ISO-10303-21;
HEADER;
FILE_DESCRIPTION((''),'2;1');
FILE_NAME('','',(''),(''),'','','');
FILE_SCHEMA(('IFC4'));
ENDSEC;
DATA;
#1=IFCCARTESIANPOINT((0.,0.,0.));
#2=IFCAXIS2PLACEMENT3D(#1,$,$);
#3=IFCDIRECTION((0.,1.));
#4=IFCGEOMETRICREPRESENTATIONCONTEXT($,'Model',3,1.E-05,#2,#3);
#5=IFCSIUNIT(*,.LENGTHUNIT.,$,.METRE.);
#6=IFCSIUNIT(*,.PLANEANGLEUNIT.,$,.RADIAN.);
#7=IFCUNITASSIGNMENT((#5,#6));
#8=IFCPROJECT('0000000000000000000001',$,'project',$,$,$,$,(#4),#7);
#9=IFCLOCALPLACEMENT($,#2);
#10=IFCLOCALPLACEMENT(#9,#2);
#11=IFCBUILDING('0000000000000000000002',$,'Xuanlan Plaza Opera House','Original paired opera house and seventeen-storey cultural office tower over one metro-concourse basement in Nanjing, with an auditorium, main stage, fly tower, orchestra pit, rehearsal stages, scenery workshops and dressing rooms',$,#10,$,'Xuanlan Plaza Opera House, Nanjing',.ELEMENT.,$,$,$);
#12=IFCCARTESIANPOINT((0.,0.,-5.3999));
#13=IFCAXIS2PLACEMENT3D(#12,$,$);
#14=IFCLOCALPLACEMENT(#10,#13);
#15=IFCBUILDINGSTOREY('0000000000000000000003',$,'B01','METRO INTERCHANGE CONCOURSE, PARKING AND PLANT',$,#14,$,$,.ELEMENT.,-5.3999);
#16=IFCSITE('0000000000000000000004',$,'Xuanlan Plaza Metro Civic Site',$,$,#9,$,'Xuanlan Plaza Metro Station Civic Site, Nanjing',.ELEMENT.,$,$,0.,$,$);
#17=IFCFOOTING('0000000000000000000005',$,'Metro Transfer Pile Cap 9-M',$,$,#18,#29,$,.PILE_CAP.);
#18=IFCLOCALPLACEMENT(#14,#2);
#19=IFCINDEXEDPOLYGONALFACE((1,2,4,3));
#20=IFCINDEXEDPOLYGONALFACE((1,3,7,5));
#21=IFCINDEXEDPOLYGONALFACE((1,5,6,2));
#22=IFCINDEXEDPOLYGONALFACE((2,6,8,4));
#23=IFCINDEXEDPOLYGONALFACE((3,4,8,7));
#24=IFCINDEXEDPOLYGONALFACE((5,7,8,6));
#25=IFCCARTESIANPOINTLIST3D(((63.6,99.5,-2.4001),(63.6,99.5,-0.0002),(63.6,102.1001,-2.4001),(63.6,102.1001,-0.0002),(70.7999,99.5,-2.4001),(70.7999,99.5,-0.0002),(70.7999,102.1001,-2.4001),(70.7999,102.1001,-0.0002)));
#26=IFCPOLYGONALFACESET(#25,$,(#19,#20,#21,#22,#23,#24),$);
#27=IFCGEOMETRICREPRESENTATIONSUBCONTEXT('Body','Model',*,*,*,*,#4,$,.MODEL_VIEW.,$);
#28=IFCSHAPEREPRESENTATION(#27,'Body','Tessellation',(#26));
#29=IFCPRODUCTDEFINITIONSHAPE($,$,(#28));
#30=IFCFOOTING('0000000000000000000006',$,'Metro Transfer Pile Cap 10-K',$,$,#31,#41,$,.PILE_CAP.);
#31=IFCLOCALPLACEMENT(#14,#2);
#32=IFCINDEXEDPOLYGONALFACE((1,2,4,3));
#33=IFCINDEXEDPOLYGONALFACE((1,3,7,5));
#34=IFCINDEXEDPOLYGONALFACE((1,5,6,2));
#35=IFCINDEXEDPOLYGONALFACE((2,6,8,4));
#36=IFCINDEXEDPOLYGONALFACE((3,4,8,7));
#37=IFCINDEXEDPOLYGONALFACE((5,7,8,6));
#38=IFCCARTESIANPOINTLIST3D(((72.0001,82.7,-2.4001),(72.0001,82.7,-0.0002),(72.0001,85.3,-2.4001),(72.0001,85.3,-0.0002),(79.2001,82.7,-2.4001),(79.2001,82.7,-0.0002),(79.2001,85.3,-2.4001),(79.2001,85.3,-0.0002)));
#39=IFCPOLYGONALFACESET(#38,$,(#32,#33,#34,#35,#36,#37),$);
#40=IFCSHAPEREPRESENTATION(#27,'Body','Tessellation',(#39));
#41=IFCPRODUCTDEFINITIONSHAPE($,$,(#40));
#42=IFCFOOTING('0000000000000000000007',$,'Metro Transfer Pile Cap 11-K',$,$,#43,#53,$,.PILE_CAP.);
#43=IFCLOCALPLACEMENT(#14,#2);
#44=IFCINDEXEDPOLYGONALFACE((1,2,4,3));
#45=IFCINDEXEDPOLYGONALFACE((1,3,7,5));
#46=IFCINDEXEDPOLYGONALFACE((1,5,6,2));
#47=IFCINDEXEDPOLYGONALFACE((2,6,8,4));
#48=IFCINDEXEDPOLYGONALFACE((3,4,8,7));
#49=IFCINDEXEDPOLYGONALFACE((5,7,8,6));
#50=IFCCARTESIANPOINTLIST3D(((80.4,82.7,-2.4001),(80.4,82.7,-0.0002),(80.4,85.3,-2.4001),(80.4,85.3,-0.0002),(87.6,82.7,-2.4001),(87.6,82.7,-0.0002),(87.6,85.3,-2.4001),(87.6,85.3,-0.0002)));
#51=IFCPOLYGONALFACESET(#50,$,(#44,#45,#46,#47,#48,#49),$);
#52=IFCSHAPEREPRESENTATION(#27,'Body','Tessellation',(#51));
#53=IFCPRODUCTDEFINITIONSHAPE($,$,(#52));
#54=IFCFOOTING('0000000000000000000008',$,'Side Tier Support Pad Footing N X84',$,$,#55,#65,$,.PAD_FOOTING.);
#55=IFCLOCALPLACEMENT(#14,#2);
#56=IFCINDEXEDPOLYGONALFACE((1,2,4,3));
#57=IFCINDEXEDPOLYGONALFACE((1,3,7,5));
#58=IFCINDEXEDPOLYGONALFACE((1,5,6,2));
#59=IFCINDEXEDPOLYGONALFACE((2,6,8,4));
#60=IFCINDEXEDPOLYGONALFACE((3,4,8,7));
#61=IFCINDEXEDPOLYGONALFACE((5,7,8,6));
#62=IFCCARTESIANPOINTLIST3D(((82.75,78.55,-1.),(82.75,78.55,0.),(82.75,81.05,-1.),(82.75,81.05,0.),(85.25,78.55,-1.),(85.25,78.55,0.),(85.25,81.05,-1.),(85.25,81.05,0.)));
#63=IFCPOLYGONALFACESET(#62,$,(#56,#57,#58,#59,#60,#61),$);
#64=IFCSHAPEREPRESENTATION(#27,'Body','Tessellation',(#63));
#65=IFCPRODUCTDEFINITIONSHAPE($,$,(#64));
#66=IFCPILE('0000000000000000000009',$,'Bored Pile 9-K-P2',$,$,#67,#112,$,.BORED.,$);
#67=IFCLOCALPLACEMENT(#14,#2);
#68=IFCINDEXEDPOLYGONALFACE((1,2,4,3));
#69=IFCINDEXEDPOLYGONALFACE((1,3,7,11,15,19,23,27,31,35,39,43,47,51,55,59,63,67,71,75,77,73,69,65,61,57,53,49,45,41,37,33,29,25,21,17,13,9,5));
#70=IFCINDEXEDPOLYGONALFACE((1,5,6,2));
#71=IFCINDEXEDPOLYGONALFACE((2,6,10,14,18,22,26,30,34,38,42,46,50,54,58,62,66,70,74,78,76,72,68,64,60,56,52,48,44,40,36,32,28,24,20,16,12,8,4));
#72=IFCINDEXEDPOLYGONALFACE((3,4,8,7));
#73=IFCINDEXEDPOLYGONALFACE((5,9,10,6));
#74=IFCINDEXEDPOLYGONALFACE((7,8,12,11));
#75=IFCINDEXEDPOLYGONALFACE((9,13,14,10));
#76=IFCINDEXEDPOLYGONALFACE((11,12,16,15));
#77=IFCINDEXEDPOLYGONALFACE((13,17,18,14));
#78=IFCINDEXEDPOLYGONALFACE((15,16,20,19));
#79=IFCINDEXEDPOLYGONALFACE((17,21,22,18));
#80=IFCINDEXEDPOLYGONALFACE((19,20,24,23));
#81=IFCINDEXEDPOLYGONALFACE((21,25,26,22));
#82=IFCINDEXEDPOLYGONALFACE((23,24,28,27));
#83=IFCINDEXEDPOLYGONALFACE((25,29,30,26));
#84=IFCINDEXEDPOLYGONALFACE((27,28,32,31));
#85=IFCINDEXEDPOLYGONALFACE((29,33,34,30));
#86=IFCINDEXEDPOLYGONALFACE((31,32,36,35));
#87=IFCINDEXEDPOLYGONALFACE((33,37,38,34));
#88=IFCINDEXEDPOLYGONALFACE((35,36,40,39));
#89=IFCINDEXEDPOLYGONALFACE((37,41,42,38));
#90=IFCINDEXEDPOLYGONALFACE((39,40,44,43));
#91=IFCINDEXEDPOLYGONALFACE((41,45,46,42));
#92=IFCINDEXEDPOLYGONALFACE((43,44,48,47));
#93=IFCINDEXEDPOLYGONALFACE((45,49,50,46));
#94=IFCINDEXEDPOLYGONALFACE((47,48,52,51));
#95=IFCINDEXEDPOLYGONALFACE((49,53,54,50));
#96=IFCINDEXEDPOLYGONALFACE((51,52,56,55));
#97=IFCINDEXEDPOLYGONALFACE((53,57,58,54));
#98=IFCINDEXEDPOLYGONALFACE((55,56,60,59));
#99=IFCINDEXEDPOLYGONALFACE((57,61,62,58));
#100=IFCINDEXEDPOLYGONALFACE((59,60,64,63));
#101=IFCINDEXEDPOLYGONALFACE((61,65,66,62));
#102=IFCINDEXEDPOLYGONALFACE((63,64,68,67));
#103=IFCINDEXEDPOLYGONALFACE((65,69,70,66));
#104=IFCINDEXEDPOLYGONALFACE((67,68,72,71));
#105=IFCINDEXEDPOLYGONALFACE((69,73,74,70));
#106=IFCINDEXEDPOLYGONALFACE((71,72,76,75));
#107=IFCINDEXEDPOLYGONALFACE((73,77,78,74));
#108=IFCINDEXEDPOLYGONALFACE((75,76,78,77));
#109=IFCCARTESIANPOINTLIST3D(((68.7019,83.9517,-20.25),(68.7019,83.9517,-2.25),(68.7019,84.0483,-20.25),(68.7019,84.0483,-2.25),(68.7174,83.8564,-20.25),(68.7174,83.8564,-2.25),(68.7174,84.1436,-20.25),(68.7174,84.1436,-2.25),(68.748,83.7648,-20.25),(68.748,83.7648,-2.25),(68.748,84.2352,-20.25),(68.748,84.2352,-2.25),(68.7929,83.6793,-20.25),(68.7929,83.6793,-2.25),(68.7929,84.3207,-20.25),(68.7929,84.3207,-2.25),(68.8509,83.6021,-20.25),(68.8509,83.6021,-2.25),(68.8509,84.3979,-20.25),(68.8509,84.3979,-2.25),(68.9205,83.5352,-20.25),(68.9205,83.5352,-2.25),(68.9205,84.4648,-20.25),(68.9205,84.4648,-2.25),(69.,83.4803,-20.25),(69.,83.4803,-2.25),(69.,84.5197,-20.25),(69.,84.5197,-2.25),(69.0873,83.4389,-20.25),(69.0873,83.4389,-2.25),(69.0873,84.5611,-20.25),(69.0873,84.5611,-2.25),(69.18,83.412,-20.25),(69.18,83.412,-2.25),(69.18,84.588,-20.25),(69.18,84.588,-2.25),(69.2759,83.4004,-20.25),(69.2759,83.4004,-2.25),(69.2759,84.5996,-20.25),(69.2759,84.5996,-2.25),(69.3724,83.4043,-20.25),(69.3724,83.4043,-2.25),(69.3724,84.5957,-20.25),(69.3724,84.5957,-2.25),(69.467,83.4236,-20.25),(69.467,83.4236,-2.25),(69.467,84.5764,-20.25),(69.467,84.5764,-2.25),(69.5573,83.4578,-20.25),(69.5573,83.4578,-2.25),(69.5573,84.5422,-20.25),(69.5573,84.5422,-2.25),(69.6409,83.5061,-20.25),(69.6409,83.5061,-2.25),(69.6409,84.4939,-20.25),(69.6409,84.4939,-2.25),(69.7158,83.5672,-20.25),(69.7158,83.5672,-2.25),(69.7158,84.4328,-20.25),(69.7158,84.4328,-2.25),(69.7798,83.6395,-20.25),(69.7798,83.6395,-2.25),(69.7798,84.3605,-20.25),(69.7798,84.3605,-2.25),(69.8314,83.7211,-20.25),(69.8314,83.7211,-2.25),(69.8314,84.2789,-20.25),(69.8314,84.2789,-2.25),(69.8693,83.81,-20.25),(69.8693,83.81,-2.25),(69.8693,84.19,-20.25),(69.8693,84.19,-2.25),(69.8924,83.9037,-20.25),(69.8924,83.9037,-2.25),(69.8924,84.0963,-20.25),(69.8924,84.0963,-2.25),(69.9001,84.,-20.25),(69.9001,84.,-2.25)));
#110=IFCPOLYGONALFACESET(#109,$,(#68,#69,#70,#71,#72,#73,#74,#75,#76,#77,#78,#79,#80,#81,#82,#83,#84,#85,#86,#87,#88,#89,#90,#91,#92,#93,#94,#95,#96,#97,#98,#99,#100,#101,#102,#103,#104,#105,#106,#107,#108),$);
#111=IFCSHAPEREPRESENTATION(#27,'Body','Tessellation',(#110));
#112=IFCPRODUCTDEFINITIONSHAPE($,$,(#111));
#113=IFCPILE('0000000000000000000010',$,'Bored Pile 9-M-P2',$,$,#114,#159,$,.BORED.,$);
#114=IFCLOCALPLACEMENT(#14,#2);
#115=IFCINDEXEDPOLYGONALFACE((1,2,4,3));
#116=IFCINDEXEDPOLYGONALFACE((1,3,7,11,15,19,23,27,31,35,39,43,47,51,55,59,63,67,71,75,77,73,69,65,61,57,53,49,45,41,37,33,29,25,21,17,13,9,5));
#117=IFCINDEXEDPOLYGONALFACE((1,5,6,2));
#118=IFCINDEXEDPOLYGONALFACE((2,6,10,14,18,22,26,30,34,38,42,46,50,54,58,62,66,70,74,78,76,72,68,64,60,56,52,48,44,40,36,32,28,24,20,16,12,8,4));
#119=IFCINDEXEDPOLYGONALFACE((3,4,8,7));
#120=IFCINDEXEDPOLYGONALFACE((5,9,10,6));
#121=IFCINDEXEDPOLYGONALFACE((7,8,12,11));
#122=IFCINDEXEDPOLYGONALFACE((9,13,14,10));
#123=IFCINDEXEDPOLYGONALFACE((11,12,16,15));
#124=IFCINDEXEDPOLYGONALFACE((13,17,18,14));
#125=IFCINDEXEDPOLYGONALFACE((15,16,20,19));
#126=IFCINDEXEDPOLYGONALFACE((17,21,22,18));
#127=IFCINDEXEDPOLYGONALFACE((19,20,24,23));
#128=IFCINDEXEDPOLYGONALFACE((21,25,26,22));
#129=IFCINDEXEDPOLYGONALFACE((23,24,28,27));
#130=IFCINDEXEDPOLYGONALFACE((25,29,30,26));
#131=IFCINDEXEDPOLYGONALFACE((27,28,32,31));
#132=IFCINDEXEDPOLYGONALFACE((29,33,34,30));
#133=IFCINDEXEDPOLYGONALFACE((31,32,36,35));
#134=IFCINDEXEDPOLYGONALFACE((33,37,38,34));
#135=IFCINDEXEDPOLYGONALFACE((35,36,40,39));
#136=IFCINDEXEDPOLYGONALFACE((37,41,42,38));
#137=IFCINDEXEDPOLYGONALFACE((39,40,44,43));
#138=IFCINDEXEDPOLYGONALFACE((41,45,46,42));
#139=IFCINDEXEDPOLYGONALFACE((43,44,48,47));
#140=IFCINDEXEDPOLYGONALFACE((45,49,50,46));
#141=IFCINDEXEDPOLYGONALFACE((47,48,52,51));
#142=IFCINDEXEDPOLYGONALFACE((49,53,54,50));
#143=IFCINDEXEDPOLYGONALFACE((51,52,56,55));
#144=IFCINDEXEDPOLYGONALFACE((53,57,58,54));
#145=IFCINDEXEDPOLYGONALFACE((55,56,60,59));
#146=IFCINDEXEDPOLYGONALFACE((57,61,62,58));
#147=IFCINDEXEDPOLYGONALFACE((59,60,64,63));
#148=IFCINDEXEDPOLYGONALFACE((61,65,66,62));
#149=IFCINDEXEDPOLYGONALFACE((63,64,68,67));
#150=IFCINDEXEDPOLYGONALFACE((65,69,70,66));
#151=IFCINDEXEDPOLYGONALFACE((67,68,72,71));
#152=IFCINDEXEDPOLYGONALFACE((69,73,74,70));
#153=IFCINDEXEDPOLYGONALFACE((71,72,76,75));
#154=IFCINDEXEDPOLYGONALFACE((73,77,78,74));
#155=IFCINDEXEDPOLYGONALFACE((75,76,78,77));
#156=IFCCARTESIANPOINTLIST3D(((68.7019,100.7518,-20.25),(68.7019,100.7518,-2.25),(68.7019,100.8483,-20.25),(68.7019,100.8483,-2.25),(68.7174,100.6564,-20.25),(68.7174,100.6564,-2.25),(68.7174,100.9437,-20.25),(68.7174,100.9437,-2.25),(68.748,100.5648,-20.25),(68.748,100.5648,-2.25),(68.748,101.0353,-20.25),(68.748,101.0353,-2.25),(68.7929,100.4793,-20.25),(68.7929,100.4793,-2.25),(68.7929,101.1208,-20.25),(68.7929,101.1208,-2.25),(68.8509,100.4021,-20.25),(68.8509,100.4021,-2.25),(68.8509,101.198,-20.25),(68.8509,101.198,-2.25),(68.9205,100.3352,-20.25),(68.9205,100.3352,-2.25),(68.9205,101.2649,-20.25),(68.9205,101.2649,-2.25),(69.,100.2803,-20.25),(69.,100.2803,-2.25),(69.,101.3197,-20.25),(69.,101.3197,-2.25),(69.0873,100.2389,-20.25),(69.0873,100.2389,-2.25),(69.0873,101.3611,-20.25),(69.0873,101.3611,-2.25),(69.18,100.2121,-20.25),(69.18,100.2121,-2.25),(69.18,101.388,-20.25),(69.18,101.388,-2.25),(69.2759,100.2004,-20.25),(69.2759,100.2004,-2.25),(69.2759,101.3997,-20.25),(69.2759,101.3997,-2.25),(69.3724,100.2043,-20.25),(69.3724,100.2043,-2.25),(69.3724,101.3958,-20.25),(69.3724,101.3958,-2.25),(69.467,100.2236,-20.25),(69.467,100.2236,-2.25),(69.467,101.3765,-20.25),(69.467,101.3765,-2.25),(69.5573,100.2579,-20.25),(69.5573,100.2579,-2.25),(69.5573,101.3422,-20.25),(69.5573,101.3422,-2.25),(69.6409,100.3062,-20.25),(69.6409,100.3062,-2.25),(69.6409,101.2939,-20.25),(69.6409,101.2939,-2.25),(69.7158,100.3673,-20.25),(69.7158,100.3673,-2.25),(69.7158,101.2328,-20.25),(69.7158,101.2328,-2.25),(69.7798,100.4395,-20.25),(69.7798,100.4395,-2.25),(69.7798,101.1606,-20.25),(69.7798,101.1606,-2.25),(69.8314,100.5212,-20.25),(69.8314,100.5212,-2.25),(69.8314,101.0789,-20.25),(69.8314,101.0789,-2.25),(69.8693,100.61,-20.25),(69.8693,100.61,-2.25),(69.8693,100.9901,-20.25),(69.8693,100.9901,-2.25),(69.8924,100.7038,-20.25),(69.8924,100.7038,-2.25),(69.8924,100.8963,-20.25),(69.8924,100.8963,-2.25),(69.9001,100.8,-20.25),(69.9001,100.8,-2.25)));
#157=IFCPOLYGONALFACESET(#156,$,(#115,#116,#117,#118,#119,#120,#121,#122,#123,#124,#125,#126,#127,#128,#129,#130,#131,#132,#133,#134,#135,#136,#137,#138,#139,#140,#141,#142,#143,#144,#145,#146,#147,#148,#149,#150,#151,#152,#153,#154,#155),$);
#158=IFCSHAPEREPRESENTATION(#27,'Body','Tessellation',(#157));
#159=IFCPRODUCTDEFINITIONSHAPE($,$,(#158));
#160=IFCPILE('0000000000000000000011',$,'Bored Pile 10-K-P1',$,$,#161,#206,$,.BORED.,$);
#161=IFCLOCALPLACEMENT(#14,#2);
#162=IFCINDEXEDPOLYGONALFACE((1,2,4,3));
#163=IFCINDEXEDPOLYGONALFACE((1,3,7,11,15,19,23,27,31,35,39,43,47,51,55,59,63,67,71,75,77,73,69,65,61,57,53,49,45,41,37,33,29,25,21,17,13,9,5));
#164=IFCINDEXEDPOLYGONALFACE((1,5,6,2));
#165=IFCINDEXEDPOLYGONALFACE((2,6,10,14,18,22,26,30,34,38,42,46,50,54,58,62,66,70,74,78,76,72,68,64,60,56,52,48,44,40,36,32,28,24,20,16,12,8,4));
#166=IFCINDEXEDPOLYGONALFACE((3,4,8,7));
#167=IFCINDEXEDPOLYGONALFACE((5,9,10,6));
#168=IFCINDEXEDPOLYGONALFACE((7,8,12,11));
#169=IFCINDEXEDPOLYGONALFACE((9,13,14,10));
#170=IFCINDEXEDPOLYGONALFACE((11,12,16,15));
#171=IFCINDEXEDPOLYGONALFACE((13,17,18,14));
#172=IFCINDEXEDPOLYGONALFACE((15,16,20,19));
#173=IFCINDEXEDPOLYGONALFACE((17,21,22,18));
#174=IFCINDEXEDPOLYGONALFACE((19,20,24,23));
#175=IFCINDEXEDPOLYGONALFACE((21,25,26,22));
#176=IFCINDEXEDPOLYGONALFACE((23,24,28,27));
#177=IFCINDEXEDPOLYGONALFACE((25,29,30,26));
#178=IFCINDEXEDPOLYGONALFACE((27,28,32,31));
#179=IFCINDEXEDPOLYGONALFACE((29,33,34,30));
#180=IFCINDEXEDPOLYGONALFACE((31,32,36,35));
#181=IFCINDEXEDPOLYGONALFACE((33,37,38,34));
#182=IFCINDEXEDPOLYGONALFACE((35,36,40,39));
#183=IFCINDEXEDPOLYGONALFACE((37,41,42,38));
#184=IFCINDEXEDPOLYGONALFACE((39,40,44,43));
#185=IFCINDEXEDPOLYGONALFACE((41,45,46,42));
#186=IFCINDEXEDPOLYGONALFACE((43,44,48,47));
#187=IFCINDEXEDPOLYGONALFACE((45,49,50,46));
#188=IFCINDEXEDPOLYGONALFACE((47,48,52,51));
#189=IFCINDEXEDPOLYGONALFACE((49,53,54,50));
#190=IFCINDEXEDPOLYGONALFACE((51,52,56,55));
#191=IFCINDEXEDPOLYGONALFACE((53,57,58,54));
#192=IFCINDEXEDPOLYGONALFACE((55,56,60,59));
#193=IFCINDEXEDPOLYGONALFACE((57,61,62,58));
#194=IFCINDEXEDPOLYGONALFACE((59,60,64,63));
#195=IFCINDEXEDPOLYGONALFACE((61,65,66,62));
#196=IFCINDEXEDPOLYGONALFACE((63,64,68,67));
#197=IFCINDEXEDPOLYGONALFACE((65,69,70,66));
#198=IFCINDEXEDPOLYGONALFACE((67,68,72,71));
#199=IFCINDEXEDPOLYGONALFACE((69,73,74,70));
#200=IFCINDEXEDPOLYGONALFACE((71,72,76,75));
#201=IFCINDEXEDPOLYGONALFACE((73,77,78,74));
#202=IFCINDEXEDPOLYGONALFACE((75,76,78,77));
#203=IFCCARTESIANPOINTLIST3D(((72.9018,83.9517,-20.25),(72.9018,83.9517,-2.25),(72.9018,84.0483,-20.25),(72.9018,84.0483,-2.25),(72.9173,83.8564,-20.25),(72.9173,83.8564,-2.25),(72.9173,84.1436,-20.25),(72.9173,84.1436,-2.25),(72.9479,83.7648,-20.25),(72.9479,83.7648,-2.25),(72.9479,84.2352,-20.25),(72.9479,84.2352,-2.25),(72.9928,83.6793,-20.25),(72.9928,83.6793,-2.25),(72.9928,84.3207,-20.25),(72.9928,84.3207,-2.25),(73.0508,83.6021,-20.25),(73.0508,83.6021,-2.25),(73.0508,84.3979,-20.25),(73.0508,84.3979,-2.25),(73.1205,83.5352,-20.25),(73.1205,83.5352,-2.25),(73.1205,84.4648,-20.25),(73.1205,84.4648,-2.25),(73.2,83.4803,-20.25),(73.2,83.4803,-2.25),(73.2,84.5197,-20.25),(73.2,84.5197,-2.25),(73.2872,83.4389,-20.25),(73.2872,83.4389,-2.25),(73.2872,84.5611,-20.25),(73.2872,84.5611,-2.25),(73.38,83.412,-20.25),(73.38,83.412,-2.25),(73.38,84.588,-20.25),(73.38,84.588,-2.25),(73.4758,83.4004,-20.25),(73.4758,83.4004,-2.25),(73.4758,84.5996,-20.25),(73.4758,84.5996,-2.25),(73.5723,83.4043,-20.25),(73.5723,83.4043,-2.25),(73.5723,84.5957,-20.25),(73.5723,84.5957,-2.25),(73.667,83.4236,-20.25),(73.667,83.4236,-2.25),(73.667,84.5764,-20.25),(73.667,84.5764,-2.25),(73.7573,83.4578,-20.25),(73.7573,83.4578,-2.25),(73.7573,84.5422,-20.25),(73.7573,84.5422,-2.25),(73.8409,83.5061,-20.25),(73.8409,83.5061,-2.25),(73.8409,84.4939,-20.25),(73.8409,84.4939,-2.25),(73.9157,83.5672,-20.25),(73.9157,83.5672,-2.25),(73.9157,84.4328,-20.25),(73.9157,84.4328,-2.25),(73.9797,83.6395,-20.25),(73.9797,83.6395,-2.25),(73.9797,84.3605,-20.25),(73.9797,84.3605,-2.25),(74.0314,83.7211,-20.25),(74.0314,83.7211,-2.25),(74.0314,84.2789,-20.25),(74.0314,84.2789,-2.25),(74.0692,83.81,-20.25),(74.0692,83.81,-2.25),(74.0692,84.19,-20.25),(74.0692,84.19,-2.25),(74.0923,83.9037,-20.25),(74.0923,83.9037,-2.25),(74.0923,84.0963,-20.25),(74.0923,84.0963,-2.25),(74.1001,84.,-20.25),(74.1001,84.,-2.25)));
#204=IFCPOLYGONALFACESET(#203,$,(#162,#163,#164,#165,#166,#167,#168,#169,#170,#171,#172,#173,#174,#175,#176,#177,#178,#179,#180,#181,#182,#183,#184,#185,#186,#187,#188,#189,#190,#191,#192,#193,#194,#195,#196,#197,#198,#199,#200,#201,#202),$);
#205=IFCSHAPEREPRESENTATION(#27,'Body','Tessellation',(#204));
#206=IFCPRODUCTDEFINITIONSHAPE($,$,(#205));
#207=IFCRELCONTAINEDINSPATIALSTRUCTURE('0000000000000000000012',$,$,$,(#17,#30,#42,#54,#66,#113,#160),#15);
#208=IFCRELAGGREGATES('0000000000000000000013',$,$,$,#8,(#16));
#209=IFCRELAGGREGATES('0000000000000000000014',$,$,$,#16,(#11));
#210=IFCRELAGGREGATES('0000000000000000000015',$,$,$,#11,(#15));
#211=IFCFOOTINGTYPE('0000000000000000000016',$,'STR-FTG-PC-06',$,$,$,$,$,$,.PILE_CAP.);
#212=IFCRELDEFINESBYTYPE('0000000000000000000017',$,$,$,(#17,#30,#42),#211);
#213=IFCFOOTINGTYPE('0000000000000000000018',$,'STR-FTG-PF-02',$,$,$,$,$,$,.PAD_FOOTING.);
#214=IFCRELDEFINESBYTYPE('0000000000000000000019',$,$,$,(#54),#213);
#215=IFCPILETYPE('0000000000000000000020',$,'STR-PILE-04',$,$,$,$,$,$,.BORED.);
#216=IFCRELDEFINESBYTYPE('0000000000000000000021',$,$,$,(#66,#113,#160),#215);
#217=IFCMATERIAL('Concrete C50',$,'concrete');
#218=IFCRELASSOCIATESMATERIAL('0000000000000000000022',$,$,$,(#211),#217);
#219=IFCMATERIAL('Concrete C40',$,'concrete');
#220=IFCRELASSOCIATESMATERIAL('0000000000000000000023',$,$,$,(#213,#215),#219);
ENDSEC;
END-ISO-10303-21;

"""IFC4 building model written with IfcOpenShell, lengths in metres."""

from ifc_helpers import new_model, si_unit, direction, frame, origin, origin_2d, place, context, subcontext, project, spatial, rectangle, circle, extrude, material, material_profile, profile_set, type_object, element, save


model = new_model("IFC4")

# Units and contexts
model_context = context("Model", 3, precision=1e-05, world=origin(), true_north=direction((0.0, 1.0)))
body_context = subcontext(model_context, "Body", "Model", "MODEL_VIEW")
ifc_project = project(units=[si_unit("LENGTHUNIT", "METRE"), si_unit("PLANEANGLEUNIT", "RADIAN")], contexts=[model_context])

# Site, building, storey
site_placement = place(None, origin())
site = spatial("IfcSite", under=ifc_project, at=site_placement, Name="Xuanlan Plaza Metro Civic Site", LongName="Xuanlan Plaza Metro Station Civic Site, Nanjing", CompositionType="ELEMENT", RefElevation=0.0)
building_placement = place(site_placement, origin())
building = spatial("IfcBuilding", under=site, at=building_placement, Name="Xuanlan Plaza Opera House", Description="Original paired opera house and seventeen-storey cultural office tower over one metro-concourse basement in Nanjing, with an auditorium, main stage, fly tower, orchestra pit, rehearsal stages, scenery workshops and dressing rooms", LongName="Xuanlan Plaza Opera House, Nanjing", CompositionType="ELEMENT")
storey_placement = place(building_placement, frame((0.0, 0.0, -5.3999)))
storey = spatial("IfcBuildingStorey", under=building, at=storey_placement, Name="B01", Description="METRO INTERCHANGE CONCOURSE, PARKING AND PLANT", CompositionType="ELEMENT", Elevation=-5.3999)

# Footings
ifc_material_1 = material(Name="Concrete C50", Category="concrete")
footing_type_1 = type_object("IfcFootingType", Name="STR-FTG-PC-06", PredefinedType="PILE_CAP", material=ifc_material_1)
for number, where, z_axis, x_axis, name in (
    (1, (67.2, 100.8, -2.4001), (0.0, 0.0, 1.0), (1.0, 0.0, 0.0), "Metro Transfer Pile Cap 9-M"),
    (2, (75.6001, 84.0, -2.4001), (0.0, 0.0, 1.0), (1.0, 0.0, 0.0), "Metro Transfer Pile Cap 10-K"),
    (3, (84.0, 84.0, -2.4001), (0.0, 0.0, 1.0), (1.0, 0.0, 0.0), "Metro Transfer Pile Cap 11-K"),
):
    element("IfcFooting", number, at=place(storey_placement, frame(where, z_axis=z_axis, x_axis=x_axis)), inside=storey, type_object=footing_type_1, Name=name, PredefinedType="PILE_CAP", context=body_context, shape_type="SweptSolid", body=[
        extrude(rectangle(XDim=7.2, YDim=2.6001, at=origin_2d()), origin(), (0.0, 0.0, 1.0), 2.3999),
    ])
ifc_material_2 = material(Name="Concrete C40", Category="concrete")
footing_type_2 = type_object("IfcFootingType", Name="STR-FTG-PF-02", PredefinedType="PAD_FOOTING", material=ifc_material_2)
footing_placement = place(storey_placement, frame((84.0, 79.8, -1.0), z_axis=(0.0, 0.0, 1.0), x_axis=(1.0, 0.0, 0.0)))
element("IfcFooting", 4, at=footing_placement, inside=storey, type_object=footing_type_2, Name="Side Tier Support Pad Footing N X84", PredefinedType="PAD_FOOTING", context=body_context, shape_type="SweptSolid", body=[
    extrude(rectangle(XDim=2.5, YDim=2.5, at=origin_2d()), origin(), (0.0, 0.0, 1.0), 1.0),
])

# Piles
ifc_material_profile_1 = material_profile(ifc_material_2, circle(Radius=0.6001, at=origin_2d()), Name="PILE D1200")
ifc_profile_set_1 = profile_set([ifc_material_profile_1], Name="Concrete C40")
pile_type = type_object("IfcPileType", Name="STR-PILE-04", PredefinedType="BORED", material=ifc_profile_set_1)
for number, where, z_axis, x_axis, name in (
    (5, (69.3, 84.0, -2.25), (0.0, 0.0, -1.0), (1.0, 0.0, 0.0), "Bored Pile 9-K-P2"),
    (6, (69.3, 100.8, -2.25), (0.0, 0.0, -1.0), (1.0, 0.0, 0.0), "Bored Pile 9-M-P2"),
    (7, (73.5, 84.0, -2.25), (0.0, 0.0, -1.0), (1.0, 0.0, 0.0), "Bored Pile 10-K-P1"),
):
    element("IfcPile", number, at=place(storey_placement, frame(where, z_axis=z_axis, x_axis=x_axis)), inside=storey, type_object=pile_type, Name=name, PredefinedType="BORED", context=body_context, shape_type="SweptSolid", body=[
        extrude(circle(Radius=0.6001, at=origin_2d()), origin(), (0.0, 0.0, 1.0), 18.0),
    ])

save(model, "model.ifc")
